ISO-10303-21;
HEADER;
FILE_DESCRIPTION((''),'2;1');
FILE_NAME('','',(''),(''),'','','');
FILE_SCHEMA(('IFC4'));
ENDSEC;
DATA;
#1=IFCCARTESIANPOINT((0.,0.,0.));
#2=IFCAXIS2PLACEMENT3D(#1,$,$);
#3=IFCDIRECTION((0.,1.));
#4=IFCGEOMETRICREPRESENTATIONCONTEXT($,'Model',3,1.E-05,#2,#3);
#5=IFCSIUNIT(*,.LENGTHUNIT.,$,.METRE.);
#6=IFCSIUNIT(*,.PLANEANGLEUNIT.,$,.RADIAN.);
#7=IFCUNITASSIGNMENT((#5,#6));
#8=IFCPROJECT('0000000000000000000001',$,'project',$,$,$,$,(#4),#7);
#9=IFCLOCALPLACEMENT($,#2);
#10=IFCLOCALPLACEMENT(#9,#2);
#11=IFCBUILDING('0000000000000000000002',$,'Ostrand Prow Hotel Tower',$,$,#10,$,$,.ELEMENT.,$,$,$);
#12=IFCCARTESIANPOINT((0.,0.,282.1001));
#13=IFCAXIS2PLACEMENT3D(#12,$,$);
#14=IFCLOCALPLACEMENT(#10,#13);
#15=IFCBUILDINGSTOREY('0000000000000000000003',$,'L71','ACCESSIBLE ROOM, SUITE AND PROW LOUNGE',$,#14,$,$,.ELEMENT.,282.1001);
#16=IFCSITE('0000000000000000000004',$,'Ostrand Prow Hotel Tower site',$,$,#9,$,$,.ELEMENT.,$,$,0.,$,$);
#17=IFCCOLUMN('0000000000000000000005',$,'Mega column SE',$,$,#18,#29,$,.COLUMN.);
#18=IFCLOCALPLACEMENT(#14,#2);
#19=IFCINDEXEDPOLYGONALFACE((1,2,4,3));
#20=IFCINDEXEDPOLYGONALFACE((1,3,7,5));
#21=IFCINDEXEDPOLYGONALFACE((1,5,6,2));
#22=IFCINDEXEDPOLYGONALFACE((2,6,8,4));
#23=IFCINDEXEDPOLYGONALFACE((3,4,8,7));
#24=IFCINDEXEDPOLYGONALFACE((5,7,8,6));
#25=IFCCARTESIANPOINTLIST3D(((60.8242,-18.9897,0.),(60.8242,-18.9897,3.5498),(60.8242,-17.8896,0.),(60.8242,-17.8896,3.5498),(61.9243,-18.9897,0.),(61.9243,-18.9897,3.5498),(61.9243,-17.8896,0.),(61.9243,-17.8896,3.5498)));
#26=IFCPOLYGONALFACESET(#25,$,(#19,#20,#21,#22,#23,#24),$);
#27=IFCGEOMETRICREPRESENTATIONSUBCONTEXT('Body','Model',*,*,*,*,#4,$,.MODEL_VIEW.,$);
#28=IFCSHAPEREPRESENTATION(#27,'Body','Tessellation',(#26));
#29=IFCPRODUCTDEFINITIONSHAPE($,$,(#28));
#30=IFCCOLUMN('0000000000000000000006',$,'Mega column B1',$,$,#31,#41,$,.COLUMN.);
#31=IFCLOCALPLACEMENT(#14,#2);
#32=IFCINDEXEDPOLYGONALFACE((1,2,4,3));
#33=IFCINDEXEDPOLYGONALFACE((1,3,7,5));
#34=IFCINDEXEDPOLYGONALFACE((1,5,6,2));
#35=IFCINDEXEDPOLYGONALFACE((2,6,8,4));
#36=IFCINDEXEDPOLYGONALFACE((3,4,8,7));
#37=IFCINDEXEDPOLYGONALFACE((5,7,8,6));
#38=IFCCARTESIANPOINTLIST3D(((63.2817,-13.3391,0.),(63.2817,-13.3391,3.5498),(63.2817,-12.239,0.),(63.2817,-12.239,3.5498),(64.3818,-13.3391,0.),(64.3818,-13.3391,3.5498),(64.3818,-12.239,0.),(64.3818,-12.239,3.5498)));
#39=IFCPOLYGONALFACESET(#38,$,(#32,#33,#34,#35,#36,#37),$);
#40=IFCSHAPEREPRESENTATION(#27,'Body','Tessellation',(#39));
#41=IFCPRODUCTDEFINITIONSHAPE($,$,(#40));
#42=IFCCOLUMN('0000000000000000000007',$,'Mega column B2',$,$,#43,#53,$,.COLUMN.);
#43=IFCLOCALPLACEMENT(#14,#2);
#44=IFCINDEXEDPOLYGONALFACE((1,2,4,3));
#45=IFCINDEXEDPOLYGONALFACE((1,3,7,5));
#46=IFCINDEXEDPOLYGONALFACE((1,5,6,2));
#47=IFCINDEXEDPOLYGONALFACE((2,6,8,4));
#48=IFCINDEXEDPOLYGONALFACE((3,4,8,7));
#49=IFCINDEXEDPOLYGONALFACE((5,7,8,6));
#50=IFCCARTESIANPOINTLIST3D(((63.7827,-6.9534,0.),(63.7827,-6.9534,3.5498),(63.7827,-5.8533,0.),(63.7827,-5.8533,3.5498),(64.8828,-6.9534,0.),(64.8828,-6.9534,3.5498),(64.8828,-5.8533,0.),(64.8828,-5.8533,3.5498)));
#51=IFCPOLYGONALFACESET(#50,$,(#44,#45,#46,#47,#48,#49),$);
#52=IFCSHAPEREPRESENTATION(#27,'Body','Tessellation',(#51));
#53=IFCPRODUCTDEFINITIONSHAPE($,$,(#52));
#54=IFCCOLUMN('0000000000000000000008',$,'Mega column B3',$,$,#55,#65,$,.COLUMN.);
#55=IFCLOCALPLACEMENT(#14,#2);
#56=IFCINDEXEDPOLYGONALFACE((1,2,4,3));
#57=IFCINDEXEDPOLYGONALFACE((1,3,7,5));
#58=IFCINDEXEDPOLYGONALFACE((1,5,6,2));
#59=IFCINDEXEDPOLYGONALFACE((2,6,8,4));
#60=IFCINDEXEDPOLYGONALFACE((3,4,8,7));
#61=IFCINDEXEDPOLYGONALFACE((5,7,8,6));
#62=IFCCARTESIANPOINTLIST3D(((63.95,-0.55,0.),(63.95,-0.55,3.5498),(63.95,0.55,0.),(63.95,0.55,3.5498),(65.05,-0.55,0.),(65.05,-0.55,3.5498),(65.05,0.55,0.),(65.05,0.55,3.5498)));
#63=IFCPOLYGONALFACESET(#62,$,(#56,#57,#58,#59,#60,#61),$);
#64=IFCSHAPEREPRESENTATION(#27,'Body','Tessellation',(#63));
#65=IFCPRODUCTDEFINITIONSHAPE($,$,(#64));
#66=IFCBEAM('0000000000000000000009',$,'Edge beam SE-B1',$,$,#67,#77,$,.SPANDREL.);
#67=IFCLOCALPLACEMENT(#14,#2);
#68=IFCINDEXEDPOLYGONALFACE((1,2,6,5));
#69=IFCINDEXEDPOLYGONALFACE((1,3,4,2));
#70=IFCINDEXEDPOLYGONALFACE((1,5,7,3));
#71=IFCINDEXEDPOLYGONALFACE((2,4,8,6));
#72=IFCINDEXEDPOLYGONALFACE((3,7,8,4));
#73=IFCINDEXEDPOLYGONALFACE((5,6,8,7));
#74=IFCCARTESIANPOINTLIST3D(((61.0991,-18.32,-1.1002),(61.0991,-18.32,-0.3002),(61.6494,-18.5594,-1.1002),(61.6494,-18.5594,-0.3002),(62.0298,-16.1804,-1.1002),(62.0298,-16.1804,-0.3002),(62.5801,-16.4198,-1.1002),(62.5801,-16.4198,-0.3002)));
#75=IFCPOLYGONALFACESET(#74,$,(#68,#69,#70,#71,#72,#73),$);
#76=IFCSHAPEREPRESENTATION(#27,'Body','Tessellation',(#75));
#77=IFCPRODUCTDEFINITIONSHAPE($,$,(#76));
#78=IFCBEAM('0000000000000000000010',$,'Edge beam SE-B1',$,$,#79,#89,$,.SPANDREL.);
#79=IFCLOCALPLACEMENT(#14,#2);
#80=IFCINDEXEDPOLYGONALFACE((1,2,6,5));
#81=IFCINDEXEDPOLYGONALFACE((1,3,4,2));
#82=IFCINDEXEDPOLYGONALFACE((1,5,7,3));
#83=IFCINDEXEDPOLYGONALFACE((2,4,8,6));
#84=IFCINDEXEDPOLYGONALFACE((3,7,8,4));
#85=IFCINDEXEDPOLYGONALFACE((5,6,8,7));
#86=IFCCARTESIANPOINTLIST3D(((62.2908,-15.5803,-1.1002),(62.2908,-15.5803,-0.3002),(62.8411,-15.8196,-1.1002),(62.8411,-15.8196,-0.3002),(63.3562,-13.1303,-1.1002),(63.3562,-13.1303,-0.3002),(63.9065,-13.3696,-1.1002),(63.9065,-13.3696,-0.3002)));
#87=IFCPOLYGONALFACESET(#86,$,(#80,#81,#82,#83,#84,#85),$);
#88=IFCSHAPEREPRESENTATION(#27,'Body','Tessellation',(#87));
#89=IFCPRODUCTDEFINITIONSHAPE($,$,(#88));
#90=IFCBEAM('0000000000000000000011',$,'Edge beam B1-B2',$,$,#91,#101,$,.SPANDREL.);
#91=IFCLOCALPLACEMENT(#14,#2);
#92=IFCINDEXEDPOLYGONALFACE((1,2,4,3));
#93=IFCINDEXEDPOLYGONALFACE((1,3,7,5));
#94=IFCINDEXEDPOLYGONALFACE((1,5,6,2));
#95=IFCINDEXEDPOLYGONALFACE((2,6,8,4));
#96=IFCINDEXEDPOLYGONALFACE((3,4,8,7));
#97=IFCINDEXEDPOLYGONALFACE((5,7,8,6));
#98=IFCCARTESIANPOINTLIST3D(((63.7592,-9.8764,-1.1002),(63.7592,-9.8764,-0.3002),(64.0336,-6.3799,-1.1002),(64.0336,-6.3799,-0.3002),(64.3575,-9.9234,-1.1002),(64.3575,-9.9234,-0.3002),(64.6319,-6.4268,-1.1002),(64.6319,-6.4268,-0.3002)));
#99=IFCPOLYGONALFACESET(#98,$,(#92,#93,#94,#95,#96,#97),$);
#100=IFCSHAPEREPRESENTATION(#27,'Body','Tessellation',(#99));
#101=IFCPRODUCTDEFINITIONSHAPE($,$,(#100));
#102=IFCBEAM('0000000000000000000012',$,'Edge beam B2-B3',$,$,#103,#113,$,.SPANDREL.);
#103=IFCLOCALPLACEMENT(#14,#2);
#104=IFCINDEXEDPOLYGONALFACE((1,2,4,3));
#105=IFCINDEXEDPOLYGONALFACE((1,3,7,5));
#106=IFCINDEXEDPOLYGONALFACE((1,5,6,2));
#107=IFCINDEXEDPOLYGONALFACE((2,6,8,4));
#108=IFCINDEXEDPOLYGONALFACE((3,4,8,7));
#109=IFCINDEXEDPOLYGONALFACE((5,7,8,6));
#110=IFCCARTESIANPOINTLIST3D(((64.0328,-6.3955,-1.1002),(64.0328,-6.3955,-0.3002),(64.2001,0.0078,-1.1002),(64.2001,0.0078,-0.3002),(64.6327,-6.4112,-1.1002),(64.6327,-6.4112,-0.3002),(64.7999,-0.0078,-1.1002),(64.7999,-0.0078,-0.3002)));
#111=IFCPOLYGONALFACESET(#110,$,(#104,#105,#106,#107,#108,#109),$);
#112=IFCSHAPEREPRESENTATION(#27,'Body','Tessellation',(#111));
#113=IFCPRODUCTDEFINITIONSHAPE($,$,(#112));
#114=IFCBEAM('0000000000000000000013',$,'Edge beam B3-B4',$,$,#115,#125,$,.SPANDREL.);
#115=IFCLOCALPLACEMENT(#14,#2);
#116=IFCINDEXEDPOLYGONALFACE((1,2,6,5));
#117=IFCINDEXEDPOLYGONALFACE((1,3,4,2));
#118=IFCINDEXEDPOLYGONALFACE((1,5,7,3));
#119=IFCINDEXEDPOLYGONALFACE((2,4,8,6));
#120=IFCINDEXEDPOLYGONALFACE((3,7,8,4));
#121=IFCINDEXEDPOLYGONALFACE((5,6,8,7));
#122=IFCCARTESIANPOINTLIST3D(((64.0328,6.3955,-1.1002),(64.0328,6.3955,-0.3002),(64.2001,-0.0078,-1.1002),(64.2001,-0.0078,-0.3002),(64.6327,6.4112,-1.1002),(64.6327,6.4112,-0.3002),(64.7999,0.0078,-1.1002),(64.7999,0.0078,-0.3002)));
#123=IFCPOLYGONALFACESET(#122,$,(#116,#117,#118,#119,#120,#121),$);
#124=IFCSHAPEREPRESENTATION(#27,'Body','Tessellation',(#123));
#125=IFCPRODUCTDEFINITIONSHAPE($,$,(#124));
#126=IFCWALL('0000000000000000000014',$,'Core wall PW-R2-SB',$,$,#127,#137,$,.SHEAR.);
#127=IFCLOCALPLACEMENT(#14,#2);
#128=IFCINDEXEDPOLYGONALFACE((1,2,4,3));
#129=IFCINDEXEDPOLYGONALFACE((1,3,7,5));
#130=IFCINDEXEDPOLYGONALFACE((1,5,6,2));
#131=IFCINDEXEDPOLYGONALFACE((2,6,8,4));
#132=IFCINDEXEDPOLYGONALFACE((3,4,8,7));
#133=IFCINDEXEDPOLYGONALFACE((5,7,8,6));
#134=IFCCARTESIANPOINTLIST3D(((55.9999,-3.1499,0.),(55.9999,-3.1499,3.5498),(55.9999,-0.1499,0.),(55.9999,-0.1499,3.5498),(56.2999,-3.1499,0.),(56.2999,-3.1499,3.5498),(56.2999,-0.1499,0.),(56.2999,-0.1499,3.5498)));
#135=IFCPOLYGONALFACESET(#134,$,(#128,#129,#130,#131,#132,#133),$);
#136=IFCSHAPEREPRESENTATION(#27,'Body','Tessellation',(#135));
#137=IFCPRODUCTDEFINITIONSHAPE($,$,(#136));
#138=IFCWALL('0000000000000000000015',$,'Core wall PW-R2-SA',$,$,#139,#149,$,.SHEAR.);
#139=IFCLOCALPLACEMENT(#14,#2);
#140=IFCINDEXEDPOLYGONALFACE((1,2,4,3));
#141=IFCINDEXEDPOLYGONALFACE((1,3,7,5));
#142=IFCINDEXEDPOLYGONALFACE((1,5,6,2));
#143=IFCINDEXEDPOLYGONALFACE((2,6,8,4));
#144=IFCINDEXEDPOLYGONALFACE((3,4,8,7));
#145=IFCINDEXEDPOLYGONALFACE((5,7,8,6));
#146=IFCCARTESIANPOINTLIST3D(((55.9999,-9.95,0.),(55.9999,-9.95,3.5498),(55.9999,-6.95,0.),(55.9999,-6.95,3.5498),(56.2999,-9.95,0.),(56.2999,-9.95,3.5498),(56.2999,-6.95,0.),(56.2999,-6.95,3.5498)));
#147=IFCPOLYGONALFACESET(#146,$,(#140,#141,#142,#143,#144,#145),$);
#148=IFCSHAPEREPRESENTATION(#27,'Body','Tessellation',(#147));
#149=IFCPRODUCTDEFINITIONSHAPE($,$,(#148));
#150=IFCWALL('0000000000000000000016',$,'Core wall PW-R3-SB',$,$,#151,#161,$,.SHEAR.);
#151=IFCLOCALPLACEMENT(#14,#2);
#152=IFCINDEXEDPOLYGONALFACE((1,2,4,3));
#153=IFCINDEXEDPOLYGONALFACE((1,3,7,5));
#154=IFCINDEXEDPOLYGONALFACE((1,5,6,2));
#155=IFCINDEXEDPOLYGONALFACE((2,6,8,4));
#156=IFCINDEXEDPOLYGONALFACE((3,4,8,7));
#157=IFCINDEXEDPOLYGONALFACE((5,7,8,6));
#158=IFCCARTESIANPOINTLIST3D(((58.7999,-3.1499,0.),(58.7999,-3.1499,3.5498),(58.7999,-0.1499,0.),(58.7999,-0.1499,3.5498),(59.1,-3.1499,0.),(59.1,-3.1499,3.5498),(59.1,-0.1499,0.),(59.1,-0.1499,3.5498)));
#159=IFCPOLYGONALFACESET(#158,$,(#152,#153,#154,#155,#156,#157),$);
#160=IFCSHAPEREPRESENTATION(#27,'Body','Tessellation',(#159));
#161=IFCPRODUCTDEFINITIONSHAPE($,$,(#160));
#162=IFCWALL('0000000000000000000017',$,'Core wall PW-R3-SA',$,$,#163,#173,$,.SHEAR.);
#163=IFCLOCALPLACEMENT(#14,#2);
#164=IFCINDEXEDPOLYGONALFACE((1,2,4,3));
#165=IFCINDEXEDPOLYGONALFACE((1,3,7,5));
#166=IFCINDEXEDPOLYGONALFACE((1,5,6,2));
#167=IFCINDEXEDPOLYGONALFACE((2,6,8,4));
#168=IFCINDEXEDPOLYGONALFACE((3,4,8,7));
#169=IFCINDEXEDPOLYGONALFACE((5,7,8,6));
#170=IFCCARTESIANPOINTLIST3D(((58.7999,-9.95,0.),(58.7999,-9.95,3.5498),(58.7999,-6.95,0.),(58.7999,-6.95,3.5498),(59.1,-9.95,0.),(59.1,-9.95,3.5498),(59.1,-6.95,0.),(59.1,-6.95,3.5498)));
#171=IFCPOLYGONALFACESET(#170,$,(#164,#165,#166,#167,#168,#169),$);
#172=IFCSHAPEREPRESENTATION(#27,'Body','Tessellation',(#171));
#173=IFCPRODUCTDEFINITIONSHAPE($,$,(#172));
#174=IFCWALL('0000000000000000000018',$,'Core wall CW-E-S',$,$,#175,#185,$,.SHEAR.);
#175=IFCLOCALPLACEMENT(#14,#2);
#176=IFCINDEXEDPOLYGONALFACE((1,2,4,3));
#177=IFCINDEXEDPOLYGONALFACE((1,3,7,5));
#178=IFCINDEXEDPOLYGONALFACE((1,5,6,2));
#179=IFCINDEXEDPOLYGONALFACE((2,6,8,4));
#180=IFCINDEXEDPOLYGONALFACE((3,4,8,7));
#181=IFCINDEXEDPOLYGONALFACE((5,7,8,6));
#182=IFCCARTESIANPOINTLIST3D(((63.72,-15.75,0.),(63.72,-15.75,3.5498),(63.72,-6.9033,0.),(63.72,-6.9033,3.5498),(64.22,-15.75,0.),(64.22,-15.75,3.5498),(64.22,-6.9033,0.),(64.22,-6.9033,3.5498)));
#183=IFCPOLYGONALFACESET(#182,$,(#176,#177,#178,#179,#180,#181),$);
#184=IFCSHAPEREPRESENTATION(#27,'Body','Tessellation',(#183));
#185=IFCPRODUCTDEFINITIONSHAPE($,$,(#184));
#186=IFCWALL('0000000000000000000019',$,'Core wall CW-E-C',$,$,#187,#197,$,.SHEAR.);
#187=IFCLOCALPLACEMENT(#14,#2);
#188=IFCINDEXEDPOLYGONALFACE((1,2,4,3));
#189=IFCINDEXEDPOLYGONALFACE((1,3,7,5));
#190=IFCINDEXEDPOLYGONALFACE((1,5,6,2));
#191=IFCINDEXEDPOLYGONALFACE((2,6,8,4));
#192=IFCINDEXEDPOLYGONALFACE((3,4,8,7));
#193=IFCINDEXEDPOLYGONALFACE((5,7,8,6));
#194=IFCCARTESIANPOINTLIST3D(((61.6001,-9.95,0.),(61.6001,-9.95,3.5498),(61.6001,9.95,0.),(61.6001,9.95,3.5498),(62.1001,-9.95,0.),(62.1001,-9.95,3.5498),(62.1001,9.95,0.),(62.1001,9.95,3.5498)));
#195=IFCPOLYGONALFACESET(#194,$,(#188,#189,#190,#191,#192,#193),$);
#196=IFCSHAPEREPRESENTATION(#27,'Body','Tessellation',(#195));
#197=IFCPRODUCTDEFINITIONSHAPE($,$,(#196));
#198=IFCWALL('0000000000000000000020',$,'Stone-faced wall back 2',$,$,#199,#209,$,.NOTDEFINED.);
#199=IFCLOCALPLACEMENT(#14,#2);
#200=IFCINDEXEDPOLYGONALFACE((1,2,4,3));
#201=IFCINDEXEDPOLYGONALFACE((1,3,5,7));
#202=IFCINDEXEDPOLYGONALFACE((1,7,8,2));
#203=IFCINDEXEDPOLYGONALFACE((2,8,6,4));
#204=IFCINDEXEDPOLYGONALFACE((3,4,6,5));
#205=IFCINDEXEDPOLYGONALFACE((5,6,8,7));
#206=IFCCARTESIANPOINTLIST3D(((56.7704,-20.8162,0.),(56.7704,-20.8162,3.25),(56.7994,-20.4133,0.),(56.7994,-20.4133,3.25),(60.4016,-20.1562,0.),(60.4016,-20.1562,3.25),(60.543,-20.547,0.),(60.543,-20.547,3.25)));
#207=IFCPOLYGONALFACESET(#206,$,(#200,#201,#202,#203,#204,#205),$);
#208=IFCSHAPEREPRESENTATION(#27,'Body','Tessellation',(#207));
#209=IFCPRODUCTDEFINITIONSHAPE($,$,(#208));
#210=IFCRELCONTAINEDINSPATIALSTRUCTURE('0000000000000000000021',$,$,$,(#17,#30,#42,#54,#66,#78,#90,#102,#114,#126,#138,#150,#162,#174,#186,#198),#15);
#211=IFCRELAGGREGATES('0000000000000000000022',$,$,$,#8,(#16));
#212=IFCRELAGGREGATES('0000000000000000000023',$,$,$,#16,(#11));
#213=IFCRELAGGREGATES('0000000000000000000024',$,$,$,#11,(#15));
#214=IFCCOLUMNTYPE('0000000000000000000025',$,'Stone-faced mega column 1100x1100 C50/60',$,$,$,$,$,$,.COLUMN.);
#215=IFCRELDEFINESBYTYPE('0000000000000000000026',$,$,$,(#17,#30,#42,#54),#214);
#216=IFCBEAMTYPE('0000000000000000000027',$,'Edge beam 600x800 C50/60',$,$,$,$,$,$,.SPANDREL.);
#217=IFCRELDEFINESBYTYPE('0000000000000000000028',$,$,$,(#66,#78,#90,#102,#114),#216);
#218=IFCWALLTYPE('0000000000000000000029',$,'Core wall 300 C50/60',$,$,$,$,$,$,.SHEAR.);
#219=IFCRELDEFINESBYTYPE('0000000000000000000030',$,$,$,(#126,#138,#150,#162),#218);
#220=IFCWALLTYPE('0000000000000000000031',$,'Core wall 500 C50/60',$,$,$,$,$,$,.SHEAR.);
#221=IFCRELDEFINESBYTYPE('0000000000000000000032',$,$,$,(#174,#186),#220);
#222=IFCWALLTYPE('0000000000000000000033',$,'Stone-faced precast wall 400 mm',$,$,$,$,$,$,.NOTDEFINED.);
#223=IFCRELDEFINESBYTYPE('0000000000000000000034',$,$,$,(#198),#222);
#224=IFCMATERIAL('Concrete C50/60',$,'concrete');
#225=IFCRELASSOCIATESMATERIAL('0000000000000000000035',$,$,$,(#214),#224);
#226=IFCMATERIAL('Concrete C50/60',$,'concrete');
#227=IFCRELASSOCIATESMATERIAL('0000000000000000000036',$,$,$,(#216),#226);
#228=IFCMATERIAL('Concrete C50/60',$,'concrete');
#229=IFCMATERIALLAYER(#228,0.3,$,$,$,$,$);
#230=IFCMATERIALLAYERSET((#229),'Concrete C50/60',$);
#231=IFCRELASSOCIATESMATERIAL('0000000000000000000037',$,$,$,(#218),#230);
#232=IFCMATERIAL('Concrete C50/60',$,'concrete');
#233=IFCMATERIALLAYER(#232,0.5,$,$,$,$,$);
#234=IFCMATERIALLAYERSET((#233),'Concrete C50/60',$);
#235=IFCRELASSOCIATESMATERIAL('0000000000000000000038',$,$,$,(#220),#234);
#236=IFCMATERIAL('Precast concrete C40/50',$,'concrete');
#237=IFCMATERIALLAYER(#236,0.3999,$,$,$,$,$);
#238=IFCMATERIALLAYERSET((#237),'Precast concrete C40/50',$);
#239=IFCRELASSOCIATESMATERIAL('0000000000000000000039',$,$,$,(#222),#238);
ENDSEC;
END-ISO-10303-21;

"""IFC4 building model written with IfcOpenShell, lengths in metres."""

from ifc_helpers import new_model, si_unit, direction, frame, frame_2d, origin, origin_2d, place, context, subcontext, project, spatial, polyline, rectangle, outline, extrude, material, layer, layer_set, material_profile, profile_set, type_object, element, save


model = new_model("IFC4")

# Units and contexts
model_context = context("Model", 3, precision=1e-05, world=origin(), true_north=direction((0.0, 1.0)))
body_context = subcontext(model_context, "Body", "Model", "MODEL_VIEW")
ifc_project = project(units=[si_unit("LENGTHUNIT", "METRE"), si_unit("PLANEANGLEUNIT", "RADIAN")], contexts=[model_context])

# Site, building, storey
site_placement = place(None, origin())
site = spatial("IfcSite", under=ifc_project, at=site_placement, Name="Ostrand Prow Hotel Tower site", CompositionType="ELEMENT", RefElevation=0.0)
building_placement = place(site_placement, origin())
building = spatial("IfcBuilding", under=site, at=building_placement, Name="Ostrand Prow Hotel Tower", CompositionType="ELEMENT")
storey_placement = place(building_placement, frame((0.0, 0.0, 282.1001)))
storey = spatial("IfcBuildingStorey", under=building, at=storey_placement, Name="L71", Description="ACCESSIBLE ROOM, SUITE AND PROW LOUNGE", CompositionType="ELEMENT", Elevation=282.1001)

# Columns
ifc_material_1 = material(Name="Concrete C50/60", Category="concrete")
ifc_material_profile_1 = material_profile(ifc_material_1, rectangle(XDim=1.1001, YDim=1.1001, at=origin_2d()), Name="RC 1100x1100")
ifc_profile_set_1 = profile_set([ifc_material_profile_1], Name="Concrete C50/60")
column_type = type_object("IfcColumnType", Name="Stone-faced mega column 1100x1100 C50/60", PredefinedType="COLUMN", material=ifc_profile_set_1)
for number, where, z_axis, x_axis, name in (
    (1, (61.3743, -18.4397, 0.0), (0.0, 0.0, 1.0), (1.0, 0.0, 0.0), "Mega column SE"),
    (2, (63.8318, -12.7891, 0.0), (0.0, 0.0, 1.0), (1.0, 0.0, 0.0), "Mega column B1"),
    (3, (64.3328, -6.4033, 0.0), (0.0, 0.0, 1.0), (1.0, 0.0, 0.0), "Mega column B2"),
    (4, (64.5, 0.0, 0.0), (0.0, 0.0, 1.0), (1.0, 0.0, 0.0), "Mega column B3"),
):
    element("IfcColumn", number, at=place(storey_placement, frame(where, z_axis=z_axis, x_axis=x_axis)), inside=storey, type_object=column_type, Name=name, PredefinedType="COLUMN", context=body_context, shape_type="SweptSolid", body=[
        extrude(rectangle(XDim=1.1001, YDim=1.1001, at=origin_2d()), origin(), (0.0, 0.0, 1.0), 3.5498),
    ])

# Beams
ifc_material_2 = material(Name="Concrete C50/60", Category="concrete")
ifc_material_profile_2 = material_profile(ifc_material_2, rectangle(XDim=0.6001, YDim=0.8, at=origin_2d()), Name="RC 600x800")
ifc_profile_set_2 = profile_set([ifc_material_profile_2], Name="Concrete C50/60")
beam_type = type_object("IfcBeamType", Name="Edge beam 600x800 C50/60", PredefinedType="SPANDREL", material=ifc_profile_set_2)
beam_1_placement = place(storey_placement, frame((61.3743, -18.4397, -0.7002), z_axis=(0.398864, 0.91701, 0.0), x_axis=(-0.91701, 0.398864, 0.0)))
element("IfcBeam", 5, at=beam_1_placement, inside=storey, type_object=beam_type, Name="Edge beam SE-B1", PredefinedType="SPANDREL", context=body_context, shape_type="SweptSolid", body=[
    extrude(rectangle(XDim=0.6001, YDim=0.8, at=origin_2d()), origin(), (0.0, 0.0, 1.0), 2.3333),
])
beam_2_placement = place(storey_placement, frame((62.5659, -15.7, -0.7002), z_axis=(0.3988, 0.917038, 0.0), x_axis=(-0.917038, 0.3988, 0.0)))
element("IfcBeam", 6, at=beam_2_placement, inside=storey, type_object=beam_type, Name="Edge beam SE-B1", PredefinedType="SPANDREL", context=body_context, shape_type="SweptSolid", body=[
    extrude(rectangle(XDim=0.6001, YDim=0.8, at=origin_2d()), origin(), (0.0, 0.0, 1.0), 2.6716),
])
beam_3_placement = place(storey_placement, frame((64.0583, -9.8999, -0.7002), z_axis=(0.07824, 0.996935, 0.0), x_axis=(-0.996935, 0.07824, 0.0)))
element("IfcBeam", 7, at=beam_3_placement, inside=storey, type_object=beam_type, Name="Edge beam B1-B2", PredefinedType="SPANDREL", context=body_context, shape_type="SweptSolid", body=[
    extrude(rectangle(XDim=0.6001, YDim=0.8, at=origin_2d()), origin(), (0.0, 0.0, 1.0), 3.5073),
])
for number, where, z_axis, x_axis, name in (
    (8, (64.3328, -6.4033, -0.7002), (0.026108, 0.999659, 0.0), (-0.999659, 0.026108, 0.0), "Edge beam B2-B3"),
    (9, (64.5, 0.0, -0.7002), (-0.026108, 0.999659, 0.0), (-0.999659, -0.026108, 0.0), "Edge beam B3-B4"),
):
    element("IfcBeam", number, at=place(storey_placement, frame(where, z_axis=z_axis, x_axis=x_axis)), inside=storey, type_object=beam_type, Name=name, PredefinedType="SPANDREL", context=body_context, shape_type="SweptSolid", body=[
        extrude(rectangle(XDim=0.6001, YDim=0.8, at=origin_2d()), origin(), (0.0, 0.0, 1.0), 6.4055),
    ])

# Walls
ifc_material_3 = material(Name="Concrete C50/60", Category="concrete")
ifc_layer_1 = layer(ifc_material_3, 0.3)
ifc_layer_set_1 = layer_set([ifc_layer_1], Name="Concrete C50/60")
wall_type_1 = type_object("IfcWallType", Name="Core wall 300 C50/60", PredefinedType="SHEAR", material=ifc_layer_set_1)
for number, where, z_axis, x_axis, name in (
    (10, (56.1499, -3.1499, 0.0), (0.0, 0.0, 1.0), (0.0, 1.0, 0.0), "Core wall PW-R2-SB"),
    (11, (56.1499, -9.95, 0.0), (0.0, 0.0, 1.0), (0.0, 1.0, 0.0), "Core wall PW-R2-SA"),
    (12, (58.95, -3.1499, 0.0), (0.0, 0.0, 1.0), (0.0, 1.0, 0.0), "Core wall PW-R3-SB"),
    (13, (58.95, -9.95, 0.0), (0.0, 0.0, 1.0), (0.0, 1.0, 0.0), "Core wall PW-R3-SA"),
):
    element("IfcWall", number, at=place(storey_placement, frame(where, z_axis=z_axis, x_axis=x_axis)), inside=storey, type_object=wall_type_1, Name=name, PredefinedType="SHEAR", context=body_context, shape_type="SweptSolid", body=[
        extrude(rectangle(XDim=3.0, YDim=0.3, at=frame_2d((1.5, 0.0))), origin(), (0.0, 0.0, 1.0), 3.5498),
    ])
ifc_material_4 = material(Name="Concrete C50/60", Category="concrete")
ifc_layer_2 = layer(ifc_material_4, 0.5)
ifc_layer_set_2 = layer_set([ifc_layer_2], Name="Concrete C50/60")
wall_type_2 = type_object("IfcWallType", Name="Core wall 500 C50/60", PredefinedType="SHEAR", material=ifc_layer_set_2)
wall_1_placement = place(storey_placement, frame((63.97, -15.75, 0.0), z_axis=(0.0, 0.0, 1.0), x_axis=(0.0, 1.0, 0.0)))
element("IfcWall", 14, at=wall_1_placement, inside=storey, type_object=wall_type_2, Name="Core wall CW-E-S", PredefinedType="SHEAR", context=body_context, shape_type="SweptSolid", body=[
    extrude(rectangle(XDim=8.8467, YDim=0.5, at=frame_2d((4.4233, 0.0))), origin(), (0.0, 0.0, 1.0), 3.5498),
])
wall_2_placement = place(storey_placement, frame((61.8501, -9.95, 0.0), z_axis=(0.0, 0.0, 1.0), x_axis=(0.0, 1.0, 0.0)))
element("IfcWall", 15, at=wall_2_placement, inside=storey, type_object=wall_type_2, Name="Core wall CW-E-C", PredefinedType="SHEAR", context=body_context, shape_type="SweptSolid", body=[
    extrude(rectangle(XDim=19.8999, YDim=0.5, at=frame_2d((9.95, 0.0))), origin(), (0.0, 0.0, 1.0), 3.5498),
])
ifc_material_5 = material(Name="Precast concrete C40/50", Category="concrete")
ifc_layer_3 = layer(ifc_material_5, 0.3999)
ifc_layer_set_3 = layer_set([ifc_layer_3], Name="Precast concrete C40/50")
wall_type_3 = type_object("IfcWallType", Name="Stone-faced precast wall 400 mm", PredefinedType="NOTDEFINED", material=ifc_layer_set_3)
wall_3_placement = place(storey_placement, frame((56.7849, -20.6147, 0.0), z_axis=(0.0, 0.0, 1.0), x_axis=(0.997463, 0.071191, 0.0)))
element("IfcWall", 16, at=wall_3_placement, inside=storey, type_object=wall_type_3, Name="Stone-faced wall back 2", PredefinedType="NOTDEFINED", context=body_context, shape_type="SweptSolid", body=[
    extrude(outline(polyline([(-0.0288, -0.2), (3.7534, -0.2), (3.6401, 0.2), (0.0288, 0.2), (-0.0288, -0.2)])), origin(), (0.0, 0.0, 1.0), 3.25),
])

save(model, "model.ifc")
